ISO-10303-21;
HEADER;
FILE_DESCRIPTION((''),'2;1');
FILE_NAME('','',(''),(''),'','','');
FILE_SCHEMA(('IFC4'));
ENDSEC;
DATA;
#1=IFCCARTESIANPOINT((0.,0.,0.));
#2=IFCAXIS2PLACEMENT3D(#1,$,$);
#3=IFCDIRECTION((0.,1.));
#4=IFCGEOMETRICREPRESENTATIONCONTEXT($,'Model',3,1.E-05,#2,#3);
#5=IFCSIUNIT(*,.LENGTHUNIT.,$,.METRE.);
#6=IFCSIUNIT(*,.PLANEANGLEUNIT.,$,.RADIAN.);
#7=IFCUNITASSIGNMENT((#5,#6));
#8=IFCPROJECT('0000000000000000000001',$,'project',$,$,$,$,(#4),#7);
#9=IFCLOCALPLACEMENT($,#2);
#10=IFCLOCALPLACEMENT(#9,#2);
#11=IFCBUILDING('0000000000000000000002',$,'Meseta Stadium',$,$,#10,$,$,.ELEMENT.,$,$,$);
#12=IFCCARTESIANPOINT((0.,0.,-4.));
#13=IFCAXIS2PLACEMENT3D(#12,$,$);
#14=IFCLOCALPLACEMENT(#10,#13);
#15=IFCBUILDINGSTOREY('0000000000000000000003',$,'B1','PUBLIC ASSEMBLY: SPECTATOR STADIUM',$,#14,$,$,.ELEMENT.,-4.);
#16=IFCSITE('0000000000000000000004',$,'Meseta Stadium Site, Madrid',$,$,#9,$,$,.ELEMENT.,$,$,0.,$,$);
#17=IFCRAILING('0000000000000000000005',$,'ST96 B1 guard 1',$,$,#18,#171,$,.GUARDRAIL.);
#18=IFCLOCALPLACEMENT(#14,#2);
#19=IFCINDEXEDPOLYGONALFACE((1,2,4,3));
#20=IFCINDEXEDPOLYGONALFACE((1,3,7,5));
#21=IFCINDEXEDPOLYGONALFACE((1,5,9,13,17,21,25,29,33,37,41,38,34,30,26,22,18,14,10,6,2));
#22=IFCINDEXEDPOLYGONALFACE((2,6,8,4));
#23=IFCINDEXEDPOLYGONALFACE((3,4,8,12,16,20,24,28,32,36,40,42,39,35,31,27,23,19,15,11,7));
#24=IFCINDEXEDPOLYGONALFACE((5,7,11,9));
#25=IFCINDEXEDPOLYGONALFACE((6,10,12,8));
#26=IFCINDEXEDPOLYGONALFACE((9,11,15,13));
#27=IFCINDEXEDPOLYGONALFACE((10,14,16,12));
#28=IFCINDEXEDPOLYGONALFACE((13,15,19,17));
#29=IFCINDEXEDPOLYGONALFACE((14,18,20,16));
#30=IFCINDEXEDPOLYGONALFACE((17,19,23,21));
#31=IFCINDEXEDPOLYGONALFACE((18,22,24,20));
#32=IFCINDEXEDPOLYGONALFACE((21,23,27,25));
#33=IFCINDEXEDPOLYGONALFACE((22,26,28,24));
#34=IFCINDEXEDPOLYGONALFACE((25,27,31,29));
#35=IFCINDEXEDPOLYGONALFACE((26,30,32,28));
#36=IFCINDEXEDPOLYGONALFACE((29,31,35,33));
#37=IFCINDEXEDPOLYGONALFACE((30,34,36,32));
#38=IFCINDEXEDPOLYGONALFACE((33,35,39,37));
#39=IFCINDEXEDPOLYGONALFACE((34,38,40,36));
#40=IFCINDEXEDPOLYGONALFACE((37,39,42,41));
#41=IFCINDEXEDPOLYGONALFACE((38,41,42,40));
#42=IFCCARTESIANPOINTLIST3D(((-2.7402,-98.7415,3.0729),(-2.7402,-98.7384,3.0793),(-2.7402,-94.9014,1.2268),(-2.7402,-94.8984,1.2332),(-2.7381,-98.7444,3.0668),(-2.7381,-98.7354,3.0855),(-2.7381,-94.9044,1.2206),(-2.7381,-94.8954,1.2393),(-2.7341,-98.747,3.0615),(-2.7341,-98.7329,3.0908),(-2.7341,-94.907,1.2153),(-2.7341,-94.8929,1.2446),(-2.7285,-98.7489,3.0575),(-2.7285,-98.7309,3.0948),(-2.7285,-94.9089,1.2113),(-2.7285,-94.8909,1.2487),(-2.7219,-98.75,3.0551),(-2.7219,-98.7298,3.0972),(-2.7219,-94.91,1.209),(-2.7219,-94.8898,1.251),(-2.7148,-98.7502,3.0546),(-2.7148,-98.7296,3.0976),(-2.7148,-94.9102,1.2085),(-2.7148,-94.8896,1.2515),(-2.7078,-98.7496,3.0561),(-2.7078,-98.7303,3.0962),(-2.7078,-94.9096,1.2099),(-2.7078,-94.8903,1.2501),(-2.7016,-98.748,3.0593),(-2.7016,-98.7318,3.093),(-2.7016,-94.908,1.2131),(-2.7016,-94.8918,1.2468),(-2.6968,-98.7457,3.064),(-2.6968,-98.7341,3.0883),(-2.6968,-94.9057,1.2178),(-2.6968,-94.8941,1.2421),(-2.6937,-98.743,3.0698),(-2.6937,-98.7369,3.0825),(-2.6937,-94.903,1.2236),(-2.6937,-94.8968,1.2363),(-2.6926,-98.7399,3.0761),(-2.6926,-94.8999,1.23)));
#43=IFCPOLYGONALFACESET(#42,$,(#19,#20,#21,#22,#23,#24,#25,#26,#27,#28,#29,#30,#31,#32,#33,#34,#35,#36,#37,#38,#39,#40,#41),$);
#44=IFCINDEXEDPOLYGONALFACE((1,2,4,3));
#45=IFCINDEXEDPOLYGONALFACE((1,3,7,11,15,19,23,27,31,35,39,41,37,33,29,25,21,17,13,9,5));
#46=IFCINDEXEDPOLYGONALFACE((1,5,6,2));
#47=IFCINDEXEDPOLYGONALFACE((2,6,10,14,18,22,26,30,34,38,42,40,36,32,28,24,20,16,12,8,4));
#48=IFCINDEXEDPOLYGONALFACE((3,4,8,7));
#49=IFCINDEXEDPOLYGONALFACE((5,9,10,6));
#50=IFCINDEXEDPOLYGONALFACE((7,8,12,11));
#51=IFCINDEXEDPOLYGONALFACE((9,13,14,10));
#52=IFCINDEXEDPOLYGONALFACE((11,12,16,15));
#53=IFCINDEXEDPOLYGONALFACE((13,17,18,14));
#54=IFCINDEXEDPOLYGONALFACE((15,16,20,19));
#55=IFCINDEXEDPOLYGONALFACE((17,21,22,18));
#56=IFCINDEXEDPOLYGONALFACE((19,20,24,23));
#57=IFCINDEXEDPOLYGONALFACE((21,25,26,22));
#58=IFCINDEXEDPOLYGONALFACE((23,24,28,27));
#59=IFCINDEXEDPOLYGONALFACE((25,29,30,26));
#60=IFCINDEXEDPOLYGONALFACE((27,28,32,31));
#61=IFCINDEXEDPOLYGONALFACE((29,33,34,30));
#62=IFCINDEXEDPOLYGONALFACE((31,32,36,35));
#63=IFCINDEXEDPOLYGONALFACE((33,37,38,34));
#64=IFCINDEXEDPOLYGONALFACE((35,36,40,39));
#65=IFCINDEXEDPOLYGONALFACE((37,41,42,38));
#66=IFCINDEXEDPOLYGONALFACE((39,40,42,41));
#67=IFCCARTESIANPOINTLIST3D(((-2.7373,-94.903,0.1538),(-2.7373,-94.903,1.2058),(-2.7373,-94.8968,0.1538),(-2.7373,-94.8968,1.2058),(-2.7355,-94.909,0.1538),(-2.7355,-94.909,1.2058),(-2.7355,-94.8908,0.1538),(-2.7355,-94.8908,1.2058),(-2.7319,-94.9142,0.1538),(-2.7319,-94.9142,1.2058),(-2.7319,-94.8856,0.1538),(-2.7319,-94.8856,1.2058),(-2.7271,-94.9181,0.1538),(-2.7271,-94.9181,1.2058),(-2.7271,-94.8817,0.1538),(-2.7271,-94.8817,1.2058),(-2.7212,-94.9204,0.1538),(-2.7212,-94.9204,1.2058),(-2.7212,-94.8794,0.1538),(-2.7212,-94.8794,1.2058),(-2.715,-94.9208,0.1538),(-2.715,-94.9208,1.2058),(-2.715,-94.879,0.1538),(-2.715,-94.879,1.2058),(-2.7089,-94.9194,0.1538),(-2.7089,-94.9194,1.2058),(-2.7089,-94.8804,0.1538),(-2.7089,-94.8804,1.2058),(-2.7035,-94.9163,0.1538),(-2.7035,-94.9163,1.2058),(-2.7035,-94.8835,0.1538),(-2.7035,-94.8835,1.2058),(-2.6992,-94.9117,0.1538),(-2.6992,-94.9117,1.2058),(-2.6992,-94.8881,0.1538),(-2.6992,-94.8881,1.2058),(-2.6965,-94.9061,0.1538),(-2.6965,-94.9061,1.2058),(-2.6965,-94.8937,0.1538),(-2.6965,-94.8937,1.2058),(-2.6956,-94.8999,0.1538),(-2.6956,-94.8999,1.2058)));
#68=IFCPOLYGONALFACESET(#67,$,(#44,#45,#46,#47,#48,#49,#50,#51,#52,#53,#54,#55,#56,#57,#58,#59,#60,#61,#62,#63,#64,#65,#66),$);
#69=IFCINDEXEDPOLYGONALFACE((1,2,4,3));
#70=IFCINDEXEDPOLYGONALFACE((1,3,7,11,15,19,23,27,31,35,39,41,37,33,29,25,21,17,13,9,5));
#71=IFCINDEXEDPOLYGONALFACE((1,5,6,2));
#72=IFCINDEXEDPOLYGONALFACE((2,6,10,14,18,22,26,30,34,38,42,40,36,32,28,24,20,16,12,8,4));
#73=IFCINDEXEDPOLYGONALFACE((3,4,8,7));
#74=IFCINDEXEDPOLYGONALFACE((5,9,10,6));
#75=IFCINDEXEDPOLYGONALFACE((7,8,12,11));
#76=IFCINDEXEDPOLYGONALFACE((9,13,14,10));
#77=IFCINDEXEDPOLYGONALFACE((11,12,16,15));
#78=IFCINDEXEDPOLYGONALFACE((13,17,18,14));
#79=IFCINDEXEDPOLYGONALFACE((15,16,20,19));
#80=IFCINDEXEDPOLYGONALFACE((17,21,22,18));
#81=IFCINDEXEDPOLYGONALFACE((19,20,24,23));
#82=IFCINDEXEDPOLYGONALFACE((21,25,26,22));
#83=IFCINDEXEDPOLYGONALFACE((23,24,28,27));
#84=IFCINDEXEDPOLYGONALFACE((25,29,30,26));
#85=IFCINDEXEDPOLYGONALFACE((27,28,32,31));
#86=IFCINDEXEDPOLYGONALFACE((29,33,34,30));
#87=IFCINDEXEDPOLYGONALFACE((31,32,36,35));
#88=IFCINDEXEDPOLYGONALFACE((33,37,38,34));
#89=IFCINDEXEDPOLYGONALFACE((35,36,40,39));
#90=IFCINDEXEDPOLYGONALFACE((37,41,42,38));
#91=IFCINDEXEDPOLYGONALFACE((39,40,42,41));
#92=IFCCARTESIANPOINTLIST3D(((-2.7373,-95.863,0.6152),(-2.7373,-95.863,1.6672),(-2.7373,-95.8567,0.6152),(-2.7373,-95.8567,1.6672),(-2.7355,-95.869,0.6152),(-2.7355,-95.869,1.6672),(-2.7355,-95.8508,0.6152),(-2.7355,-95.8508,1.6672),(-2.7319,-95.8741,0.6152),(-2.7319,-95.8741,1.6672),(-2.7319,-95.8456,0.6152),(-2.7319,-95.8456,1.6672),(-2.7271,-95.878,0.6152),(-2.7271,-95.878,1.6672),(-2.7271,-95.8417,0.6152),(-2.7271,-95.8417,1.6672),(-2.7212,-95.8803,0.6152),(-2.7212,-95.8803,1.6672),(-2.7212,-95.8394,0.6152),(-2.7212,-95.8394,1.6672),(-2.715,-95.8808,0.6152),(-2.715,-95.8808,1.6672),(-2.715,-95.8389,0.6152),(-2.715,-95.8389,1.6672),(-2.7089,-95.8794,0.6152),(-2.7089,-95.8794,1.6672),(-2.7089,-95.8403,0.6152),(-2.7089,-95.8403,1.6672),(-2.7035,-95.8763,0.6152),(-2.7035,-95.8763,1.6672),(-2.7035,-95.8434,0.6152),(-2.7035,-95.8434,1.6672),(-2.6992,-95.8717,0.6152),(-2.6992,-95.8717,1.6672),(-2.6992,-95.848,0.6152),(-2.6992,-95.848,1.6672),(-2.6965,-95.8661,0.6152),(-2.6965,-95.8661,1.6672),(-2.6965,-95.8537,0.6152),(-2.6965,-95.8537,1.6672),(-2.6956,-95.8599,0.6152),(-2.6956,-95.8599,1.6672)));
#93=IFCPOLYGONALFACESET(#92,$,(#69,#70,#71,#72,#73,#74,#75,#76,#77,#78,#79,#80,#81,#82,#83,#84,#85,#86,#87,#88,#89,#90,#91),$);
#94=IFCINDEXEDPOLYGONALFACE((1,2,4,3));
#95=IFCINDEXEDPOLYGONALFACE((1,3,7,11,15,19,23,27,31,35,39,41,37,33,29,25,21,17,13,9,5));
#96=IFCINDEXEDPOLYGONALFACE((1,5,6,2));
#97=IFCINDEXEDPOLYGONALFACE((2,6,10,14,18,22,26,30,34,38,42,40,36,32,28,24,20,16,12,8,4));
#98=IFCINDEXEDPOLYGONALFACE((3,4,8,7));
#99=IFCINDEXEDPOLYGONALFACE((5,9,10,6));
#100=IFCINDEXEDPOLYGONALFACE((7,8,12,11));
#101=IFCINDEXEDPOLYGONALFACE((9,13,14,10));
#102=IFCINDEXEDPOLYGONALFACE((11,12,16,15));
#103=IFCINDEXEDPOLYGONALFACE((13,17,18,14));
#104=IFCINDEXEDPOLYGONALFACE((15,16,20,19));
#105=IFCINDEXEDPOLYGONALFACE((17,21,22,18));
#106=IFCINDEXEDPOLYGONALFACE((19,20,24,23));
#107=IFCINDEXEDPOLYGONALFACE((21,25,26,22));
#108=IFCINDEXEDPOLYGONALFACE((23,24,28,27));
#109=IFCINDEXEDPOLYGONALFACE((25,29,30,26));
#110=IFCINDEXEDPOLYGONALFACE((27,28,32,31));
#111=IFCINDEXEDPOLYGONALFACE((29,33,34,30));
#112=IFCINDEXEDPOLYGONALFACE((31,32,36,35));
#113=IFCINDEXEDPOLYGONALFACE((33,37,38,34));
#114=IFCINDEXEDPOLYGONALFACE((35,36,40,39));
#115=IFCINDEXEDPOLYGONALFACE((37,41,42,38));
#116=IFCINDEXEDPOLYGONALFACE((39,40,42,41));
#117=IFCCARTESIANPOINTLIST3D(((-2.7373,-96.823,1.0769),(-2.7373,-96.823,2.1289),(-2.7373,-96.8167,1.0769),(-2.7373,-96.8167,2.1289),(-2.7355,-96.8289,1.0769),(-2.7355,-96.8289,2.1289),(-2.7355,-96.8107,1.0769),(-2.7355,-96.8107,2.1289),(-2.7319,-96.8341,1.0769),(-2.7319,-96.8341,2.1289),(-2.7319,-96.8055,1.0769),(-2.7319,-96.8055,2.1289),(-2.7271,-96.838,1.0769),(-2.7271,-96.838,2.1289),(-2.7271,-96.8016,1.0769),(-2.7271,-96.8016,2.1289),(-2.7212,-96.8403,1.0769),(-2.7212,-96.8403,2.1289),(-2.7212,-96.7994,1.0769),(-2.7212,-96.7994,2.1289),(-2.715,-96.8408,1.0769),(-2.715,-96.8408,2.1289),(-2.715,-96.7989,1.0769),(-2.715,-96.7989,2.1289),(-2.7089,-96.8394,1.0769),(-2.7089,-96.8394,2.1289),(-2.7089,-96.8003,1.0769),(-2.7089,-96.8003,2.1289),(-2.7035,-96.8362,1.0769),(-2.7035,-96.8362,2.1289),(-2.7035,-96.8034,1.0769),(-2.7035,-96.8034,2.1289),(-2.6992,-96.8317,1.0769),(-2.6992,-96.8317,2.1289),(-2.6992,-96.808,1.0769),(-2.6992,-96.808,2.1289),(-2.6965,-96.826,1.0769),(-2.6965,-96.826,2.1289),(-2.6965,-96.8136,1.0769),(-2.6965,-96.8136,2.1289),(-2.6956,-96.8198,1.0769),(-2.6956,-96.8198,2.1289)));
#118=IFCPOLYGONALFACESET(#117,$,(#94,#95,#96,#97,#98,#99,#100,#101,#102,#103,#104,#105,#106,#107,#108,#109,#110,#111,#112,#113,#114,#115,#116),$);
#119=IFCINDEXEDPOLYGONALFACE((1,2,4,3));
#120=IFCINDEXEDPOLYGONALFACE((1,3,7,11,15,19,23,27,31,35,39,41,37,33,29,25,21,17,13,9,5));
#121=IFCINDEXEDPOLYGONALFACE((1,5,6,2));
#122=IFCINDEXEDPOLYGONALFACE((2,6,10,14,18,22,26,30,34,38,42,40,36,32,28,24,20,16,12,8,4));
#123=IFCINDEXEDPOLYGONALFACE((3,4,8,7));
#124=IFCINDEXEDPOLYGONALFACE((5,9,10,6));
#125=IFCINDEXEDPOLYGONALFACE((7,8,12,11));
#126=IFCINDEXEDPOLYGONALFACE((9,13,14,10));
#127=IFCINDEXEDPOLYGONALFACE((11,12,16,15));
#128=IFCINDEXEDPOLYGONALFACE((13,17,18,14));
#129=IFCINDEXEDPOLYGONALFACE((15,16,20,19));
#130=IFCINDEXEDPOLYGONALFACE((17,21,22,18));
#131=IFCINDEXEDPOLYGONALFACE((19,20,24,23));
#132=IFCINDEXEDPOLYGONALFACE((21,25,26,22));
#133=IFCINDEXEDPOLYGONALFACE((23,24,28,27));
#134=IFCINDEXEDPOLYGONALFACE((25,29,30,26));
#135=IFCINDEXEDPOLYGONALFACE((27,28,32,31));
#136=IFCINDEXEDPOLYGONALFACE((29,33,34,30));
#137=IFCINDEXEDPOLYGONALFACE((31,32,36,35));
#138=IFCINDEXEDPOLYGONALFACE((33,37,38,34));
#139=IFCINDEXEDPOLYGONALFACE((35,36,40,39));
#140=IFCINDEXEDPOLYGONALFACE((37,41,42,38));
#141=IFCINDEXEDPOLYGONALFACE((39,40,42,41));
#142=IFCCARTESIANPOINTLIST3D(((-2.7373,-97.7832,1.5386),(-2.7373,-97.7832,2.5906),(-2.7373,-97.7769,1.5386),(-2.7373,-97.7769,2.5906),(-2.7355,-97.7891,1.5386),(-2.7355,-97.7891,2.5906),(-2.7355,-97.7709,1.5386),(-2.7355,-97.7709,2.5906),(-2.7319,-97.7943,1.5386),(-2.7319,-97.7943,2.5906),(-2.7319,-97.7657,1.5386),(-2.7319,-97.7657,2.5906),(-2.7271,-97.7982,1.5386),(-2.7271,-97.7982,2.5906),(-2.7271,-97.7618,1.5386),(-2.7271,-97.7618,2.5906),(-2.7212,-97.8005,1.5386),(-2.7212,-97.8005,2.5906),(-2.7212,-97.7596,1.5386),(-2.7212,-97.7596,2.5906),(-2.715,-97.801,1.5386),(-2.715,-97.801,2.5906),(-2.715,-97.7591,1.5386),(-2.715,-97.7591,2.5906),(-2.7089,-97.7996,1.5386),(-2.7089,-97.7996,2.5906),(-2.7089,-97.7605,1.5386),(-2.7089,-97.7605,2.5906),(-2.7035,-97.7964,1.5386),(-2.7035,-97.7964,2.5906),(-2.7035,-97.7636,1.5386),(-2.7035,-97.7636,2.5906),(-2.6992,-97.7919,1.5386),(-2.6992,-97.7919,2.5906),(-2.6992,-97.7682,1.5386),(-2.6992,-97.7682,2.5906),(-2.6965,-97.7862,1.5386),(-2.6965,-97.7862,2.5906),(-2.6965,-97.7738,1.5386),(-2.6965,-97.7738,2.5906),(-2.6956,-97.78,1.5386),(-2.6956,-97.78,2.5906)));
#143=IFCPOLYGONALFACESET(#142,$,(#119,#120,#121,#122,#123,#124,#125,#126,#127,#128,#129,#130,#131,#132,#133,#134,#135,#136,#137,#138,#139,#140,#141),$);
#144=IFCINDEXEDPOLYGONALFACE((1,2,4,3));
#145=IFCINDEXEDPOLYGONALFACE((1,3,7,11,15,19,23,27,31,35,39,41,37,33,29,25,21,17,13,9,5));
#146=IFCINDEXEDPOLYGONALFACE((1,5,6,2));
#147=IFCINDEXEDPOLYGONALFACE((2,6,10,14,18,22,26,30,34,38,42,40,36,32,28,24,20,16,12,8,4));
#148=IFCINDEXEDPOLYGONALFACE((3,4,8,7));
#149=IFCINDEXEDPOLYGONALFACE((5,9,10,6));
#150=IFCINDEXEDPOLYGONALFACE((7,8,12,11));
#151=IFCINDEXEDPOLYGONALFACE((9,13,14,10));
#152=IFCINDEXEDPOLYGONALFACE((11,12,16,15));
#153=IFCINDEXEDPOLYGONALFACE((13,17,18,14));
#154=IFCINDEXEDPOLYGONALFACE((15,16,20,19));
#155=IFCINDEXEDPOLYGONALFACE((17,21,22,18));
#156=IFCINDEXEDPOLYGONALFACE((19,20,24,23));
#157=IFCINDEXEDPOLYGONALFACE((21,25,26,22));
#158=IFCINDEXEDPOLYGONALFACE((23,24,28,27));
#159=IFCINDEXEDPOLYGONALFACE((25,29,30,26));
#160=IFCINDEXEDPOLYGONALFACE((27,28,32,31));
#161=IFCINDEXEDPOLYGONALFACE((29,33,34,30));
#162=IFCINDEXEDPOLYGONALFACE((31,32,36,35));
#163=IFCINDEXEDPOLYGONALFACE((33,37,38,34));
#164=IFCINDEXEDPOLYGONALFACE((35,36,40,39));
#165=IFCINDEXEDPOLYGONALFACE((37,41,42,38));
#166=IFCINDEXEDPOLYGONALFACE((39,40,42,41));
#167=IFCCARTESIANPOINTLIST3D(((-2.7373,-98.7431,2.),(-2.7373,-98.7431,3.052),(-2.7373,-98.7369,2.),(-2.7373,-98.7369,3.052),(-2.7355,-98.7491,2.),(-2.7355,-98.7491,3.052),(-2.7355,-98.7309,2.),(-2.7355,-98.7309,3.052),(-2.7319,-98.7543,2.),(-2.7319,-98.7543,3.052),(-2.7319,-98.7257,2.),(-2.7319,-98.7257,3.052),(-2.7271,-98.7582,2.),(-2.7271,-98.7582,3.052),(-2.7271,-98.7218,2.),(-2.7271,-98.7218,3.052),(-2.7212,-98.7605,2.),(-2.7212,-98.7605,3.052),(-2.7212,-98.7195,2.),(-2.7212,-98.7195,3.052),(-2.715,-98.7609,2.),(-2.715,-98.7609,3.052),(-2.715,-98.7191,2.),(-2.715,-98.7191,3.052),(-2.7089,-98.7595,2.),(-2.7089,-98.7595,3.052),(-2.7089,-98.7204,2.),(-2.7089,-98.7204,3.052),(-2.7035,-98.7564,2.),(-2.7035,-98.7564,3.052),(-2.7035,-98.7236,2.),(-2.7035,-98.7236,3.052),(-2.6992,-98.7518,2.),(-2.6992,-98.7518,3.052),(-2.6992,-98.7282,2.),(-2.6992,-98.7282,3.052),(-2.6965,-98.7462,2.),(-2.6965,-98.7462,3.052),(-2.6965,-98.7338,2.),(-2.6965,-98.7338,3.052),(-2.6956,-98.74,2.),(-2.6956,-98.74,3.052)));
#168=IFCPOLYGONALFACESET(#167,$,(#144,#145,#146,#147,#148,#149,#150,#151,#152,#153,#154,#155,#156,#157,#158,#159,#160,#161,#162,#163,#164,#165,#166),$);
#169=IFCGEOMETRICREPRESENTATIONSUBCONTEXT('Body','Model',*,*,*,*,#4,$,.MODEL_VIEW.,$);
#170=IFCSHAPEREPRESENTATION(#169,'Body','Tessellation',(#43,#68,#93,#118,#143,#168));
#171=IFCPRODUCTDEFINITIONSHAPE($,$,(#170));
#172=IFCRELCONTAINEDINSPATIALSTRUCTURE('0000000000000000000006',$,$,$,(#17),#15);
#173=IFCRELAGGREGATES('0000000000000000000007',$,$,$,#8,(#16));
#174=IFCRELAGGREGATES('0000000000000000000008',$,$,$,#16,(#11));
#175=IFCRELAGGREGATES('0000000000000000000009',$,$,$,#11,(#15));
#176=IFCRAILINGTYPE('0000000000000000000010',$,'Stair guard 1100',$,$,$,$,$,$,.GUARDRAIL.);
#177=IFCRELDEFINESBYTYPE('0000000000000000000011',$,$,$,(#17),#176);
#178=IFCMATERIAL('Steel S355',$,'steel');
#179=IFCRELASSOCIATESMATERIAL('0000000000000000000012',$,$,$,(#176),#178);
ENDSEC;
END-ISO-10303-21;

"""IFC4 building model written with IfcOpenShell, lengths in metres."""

from ifc_helpers import new_model, si_unit, direction, frame, origin, origin_2d, place, context, subcontext, project, spatial, circle, extrude, material, type_object, element, save


model = new_model("IFC4")

# Units and contexts
model_context = context("Model", 3, precision=1e-05, world=origin(), true_north=direction((0.0, 1.0)))
body_context = subcontext(model_context, "Body", "Model", "MODEL_VIEW")
ifc_project = project(units=[si_unit("LENGTHUNIT", "METRE"), si_unit("PLANEANGLEUNIT", "RADIAN")], contexts=[model_context])

# Site, building, storey
site_placement = place(None, origin())
site = spatial("IfcSite", under=ifc_project, at=site_placement, Name="Meseta Stadium Site, Madrid", CompositionType="ELEMENT", RefElevation=0.0)
building_placement = place(site_placement, origin())
building = spatial("IfcBuilding", under=site, at=building_placement, Name="Meseta Stadium", CompositionType="ELEMENT")
storey_placement = place(building_placement, frame((0.0, 0.0, -4.0)))
storey = spatial("IfcBuildingStorey", under=building, at=storey_placement, Name="B1", Description="PUBLIC ASSEMBLY: SPECTATOR STADIUM", CompositionType="ELEMENT", Elevation=-4.0)

# Railing
ifc_material_1 = material(Name="Steel S355", Category="steel")
railing_type_1 = type_object("IfcRailingType", Name="Stair guard 1100", PredefinedType="GUARDRAIL", material=ifc_material_1)
railing_1_placement = place(storey_placement, frame((-2.7166, -94.8999, 0.1538)))
element("IfcRailing", 1, at=railing_1_placement, inside=storey, type_object=railing_type_1, Name="ST96 B1 guard 1", PredefinedType="GUARDRAIL", context=body_context, shape_type="SweptSolid", body=[
    extrude(circle(Radius=0.0239, at=origin_2d()), frame((0.0, 0.0, 1.0762), z_axis=(0.0, -0.901253, 0.433294), x_axis=(1.0, 0.0, 0.0)), (0.0, 0.0, 1.0), 4.2607),
    extrude(circle(Radius=0.021, at=origin_2d()), origin(), (0.0, 0.0, 1.0), 1.052),
    extrude(circle(Radius=0.021, at=origin_2d()), frame((0.0, -0.96, 0.4614)), (0.0, 0.0, 1.0), 1.052),
    extrude(circle(Radius=0.021, at=origin_2d()), frame((0.0, -1.9199, 0.9231)), (0.0, 0.0, 1.0), 1.052),
    extrude(circle(Radius=0.021, at=origin_2d()), frame((0.0, -2.8801, 1.3848)), (0.0, 0.0, 1.0), 1.052),
    extrude(circle(Radius=0.021, at=origin_2d()), frame((0.0, -3.8401, 1.8462)), (0.0, 0.0, 1.0), 1.052),
])

save(model, "model.ifc")
